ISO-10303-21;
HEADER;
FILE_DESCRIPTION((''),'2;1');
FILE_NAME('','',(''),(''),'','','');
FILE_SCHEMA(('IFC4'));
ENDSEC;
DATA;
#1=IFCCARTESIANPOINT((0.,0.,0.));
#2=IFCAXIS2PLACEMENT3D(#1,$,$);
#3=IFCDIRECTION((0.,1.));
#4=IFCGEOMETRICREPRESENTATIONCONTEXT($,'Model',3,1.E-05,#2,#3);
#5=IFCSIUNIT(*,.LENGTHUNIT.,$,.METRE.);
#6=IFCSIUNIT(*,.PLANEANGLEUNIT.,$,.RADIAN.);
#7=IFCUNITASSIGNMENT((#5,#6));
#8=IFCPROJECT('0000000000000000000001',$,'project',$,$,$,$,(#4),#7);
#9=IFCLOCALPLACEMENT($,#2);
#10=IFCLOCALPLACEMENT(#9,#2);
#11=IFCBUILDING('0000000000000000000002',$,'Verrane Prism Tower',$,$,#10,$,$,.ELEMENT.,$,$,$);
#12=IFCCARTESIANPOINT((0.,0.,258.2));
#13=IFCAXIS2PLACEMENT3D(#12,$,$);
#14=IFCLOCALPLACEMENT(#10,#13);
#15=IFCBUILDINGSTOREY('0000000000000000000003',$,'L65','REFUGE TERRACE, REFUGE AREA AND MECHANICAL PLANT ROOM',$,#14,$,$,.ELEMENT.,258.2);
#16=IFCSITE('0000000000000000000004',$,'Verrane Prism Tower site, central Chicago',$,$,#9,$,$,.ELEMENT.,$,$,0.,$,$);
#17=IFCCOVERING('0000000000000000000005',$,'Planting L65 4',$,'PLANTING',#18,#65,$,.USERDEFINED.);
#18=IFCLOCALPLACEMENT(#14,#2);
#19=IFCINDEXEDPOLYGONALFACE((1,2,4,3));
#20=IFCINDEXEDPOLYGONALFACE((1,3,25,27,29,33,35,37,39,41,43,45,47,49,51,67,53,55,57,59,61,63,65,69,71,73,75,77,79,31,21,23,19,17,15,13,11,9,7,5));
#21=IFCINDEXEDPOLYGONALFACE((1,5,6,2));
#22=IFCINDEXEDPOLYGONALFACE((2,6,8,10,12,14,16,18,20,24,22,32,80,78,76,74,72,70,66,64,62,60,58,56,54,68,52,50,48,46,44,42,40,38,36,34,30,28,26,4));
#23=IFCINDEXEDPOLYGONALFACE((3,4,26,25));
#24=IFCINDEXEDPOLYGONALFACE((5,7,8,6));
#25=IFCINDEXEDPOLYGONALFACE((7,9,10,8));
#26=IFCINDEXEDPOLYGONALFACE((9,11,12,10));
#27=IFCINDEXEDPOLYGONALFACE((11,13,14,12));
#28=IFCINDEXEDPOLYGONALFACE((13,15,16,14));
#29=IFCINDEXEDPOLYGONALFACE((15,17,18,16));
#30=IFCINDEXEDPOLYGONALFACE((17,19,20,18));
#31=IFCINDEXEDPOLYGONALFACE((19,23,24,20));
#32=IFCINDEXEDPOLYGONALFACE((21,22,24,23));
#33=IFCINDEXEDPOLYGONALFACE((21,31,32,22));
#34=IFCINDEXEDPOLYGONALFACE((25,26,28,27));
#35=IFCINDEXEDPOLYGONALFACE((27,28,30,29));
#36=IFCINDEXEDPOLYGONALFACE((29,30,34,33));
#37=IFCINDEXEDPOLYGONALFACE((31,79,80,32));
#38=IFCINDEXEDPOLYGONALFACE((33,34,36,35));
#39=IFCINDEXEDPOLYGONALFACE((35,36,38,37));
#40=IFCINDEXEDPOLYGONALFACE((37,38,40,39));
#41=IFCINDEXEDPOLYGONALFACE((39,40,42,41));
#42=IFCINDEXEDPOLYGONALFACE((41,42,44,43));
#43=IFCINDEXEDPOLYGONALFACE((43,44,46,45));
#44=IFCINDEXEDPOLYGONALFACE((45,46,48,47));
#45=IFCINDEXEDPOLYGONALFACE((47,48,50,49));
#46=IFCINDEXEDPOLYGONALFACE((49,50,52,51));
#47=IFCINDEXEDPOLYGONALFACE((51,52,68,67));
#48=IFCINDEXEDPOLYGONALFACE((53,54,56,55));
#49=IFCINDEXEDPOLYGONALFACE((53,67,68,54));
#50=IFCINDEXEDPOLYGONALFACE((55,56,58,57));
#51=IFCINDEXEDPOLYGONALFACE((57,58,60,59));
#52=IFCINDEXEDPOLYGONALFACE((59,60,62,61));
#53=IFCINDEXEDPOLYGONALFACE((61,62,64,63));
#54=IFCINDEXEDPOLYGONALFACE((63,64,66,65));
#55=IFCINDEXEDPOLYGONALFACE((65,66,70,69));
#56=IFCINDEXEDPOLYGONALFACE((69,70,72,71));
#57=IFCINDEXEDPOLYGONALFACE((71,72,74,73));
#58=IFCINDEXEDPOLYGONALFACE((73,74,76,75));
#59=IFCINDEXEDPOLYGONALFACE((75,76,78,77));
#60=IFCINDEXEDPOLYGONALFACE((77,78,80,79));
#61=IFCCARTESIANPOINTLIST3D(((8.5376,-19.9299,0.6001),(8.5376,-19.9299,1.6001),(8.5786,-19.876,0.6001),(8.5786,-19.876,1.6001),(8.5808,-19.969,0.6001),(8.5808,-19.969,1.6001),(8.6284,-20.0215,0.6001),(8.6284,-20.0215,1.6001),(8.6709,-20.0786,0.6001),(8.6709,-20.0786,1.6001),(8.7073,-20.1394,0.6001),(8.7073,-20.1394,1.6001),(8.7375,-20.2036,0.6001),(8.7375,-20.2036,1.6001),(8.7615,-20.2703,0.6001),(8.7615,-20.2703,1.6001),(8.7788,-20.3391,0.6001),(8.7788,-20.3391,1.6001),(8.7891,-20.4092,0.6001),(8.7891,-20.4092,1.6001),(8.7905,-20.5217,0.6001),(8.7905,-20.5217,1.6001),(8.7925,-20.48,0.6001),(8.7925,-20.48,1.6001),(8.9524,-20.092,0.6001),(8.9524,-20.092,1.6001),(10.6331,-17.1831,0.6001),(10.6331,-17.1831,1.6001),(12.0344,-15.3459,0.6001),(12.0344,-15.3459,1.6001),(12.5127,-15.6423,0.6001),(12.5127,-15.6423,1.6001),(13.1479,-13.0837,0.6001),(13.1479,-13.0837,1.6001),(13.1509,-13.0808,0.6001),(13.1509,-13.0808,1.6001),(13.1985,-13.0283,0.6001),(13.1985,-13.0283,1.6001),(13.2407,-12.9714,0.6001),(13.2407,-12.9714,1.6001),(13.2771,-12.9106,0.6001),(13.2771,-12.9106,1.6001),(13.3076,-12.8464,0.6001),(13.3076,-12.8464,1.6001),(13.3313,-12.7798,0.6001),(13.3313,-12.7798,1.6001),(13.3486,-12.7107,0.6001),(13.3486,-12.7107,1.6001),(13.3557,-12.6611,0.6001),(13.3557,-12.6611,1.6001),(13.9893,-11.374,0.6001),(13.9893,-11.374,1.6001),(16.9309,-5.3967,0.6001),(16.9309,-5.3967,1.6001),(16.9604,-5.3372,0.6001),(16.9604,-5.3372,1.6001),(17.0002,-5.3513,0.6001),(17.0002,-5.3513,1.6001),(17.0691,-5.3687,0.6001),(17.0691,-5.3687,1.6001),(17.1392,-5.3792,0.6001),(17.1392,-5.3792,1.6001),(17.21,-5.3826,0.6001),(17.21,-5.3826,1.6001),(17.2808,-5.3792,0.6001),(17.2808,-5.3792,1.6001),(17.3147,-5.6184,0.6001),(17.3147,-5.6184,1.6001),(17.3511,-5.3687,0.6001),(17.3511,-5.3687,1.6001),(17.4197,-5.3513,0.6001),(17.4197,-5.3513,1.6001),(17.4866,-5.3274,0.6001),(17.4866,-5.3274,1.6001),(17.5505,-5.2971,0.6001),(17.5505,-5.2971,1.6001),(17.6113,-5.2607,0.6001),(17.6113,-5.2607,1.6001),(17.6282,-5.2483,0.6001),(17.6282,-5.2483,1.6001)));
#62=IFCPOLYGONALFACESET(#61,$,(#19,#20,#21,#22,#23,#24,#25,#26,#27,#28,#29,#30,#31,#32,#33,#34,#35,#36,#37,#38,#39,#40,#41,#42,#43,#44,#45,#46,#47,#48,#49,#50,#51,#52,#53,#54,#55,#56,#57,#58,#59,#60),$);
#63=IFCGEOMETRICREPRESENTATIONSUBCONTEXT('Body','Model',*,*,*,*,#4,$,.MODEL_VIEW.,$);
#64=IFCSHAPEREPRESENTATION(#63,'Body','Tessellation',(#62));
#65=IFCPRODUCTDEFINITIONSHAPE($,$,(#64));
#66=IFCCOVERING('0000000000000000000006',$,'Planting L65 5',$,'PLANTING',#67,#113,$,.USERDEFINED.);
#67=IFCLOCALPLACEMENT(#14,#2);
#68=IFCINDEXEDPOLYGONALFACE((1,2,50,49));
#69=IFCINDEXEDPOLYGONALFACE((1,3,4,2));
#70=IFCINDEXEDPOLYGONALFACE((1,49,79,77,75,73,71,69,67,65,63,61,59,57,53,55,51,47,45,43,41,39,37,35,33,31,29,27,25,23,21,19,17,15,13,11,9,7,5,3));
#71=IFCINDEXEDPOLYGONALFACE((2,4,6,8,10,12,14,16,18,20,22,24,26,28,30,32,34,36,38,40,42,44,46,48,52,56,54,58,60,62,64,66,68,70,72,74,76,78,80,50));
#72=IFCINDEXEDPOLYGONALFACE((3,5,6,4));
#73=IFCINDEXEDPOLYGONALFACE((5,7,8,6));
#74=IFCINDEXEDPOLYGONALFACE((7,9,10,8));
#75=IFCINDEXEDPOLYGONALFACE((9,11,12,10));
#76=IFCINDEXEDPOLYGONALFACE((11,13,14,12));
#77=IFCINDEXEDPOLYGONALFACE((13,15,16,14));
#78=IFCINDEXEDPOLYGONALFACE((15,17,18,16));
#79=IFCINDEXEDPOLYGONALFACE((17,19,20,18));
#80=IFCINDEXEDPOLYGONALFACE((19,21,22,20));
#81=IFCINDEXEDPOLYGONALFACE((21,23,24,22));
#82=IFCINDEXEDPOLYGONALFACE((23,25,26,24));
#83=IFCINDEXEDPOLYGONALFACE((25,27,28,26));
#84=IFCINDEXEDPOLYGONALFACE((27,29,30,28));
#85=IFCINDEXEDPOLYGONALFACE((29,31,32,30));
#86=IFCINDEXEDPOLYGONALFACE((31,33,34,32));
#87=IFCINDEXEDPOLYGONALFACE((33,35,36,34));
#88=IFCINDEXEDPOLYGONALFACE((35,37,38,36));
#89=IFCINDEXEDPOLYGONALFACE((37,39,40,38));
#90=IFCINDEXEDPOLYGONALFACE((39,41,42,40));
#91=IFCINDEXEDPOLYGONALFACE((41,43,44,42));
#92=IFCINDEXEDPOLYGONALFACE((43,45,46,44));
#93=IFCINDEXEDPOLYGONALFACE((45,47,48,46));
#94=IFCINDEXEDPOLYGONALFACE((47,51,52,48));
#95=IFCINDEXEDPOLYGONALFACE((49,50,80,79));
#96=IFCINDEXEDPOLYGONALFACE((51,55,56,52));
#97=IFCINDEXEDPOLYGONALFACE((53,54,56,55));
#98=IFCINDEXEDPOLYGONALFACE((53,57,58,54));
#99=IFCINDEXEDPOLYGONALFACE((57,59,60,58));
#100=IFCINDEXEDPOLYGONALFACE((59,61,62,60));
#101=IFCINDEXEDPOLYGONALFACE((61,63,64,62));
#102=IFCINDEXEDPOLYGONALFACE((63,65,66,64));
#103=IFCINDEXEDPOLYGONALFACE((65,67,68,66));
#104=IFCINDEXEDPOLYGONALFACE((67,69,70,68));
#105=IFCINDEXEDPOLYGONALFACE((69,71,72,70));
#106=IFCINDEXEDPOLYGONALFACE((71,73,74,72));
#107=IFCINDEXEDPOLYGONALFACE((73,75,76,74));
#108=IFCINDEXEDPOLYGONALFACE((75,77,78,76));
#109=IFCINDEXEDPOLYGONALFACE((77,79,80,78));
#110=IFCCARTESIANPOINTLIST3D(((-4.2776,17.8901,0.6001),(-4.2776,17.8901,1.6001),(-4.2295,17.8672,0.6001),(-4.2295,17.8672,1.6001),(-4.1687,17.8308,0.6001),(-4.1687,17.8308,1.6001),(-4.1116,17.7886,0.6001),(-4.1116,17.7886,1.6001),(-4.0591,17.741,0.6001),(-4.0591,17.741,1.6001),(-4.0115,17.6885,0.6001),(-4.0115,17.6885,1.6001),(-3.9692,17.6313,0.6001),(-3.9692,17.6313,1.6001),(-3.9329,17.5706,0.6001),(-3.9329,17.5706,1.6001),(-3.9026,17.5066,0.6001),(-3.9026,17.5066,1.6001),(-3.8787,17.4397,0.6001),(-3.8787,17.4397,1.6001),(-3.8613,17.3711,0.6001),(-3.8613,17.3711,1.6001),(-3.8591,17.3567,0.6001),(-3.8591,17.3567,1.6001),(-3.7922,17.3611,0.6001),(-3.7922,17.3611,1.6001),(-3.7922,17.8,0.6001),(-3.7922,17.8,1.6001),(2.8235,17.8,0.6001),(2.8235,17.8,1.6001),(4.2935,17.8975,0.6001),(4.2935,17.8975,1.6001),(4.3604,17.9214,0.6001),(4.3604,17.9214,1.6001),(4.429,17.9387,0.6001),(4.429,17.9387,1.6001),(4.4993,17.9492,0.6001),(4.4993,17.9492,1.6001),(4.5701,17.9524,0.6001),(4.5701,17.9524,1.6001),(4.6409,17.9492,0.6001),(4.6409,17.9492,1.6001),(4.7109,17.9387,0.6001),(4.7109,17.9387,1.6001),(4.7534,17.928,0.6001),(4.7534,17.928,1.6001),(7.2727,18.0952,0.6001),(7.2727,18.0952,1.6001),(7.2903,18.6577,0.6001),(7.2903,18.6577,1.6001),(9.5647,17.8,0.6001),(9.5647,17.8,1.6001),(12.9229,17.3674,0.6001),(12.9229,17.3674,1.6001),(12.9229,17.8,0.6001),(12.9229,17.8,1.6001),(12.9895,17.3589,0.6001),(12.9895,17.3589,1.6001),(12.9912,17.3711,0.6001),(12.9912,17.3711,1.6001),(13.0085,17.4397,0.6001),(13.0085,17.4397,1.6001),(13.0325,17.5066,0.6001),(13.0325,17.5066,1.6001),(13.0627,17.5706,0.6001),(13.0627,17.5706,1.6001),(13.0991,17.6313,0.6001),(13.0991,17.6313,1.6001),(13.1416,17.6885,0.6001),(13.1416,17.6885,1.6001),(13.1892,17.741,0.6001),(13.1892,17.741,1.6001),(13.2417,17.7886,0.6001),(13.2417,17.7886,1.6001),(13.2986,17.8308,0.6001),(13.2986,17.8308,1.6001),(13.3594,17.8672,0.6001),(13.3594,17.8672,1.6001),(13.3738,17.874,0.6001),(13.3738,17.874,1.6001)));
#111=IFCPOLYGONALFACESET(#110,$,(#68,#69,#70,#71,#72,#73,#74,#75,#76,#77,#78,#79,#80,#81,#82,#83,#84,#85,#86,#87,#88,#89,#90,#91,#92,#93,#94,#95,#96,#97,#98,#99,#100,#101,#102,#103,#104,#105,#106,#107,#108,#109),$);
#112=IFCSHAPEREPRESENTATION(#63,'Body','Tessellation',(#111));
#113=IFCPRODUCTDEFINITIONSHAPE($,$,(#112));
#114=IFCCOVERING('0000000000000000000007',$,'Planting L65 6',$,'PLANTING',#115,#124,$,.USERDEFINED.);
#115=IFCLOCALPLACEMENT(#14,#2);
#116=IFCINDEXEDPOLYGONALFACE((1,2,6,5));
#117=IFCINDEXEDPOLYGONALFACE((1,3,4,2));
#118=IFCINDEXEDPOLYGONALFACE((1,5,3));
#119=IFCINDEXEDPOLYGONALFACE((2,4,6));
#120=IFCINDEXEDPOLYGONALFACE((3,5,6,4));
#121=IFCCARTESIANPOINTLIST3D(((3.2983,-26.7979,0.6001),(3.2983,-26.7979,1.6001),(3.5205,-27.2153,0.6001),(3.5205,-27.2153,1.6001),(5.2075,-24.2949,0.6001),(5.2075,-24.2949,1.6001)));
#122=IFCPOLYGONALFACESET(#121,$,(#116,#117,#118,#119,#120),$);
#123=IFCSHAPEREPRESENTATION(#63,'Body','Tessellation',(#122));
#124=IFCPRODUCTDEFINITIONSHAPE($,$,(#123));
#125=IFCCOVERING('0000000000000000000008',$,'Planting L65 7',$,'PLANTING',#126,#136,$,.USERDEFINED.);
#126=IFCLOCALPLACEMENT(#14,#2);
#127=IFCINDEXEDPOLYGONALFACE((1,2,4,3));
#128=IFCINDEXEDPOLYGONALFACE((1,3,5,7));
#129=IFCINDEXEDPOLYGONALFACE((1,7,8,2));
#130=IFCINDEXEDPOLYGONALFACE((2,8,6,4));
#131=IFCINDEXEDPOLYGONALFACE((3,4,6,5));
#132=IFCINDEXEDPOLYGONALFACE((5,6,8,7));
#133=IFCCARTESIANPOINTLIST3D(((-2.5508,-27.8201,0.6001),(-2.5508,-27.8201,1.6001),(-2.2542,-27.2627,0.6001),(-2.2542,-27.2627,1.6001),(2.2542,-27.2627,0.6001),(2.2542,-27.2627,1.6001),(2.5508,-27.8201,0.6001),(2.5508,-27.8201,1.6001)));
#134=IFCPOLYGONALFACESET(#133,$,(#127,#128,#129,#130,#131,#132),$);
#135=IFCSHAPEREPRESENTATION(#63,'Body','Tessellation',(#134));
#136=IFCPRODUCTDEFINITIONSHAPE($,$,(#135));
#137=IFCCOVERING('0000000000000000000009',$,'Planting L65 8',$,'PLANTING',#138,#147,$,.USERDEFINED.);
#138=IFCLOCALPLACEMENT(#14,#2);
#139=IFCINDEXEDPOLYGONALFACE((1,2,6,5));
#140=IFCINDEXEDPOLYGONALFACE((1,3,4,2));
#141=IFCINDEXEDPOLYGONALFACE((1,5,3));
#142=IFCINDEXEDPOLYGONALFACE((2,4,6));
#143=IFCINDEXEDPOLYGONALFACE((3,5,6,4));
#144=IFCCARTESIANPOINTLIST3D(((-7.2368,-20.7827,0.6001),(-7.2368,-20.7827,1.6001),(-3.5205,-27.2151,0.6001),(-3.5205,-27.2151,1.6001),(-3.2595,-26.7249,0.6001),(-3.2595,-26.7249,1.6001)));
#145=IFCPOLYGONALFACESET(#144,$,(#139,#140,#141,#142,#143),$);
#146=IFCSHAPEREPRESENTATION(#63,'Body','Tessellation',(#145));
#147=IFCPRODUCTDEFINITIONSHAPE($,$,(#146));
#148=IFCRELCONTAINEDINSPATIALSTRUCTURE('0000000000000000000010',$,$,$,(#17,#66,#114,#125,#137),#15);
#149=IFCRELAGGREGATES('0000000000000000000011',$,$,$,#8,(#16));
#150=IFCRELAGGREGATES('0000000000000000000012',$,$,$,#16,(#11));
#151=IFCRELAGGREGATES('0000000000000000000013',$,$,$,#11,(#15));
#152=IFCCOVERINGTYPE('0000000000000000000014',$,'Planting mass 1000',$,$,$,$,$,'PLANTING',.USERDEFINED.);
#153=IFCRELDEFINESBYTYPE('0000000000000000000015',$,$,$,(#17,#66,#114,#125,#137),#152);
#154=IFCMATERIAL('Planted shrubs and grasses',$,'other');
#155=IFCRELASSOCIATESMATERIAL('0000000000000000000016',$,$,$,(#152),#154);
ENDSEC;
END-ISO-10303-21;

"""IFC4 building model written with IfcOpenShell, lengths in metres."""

from ifc_helpers import new_model, si_unit, direction, frame, origin, place, context, subcontext, project, spatial, polyline, outline, extrude, material, type_object, element, save


model = new_model("IFC4")

# Units and contexts
model_context = context("Model", 3, precision=1e-05, world=origin(), true_north=direction((0.0, 1.0)))
body_context = subcontext(model_context, "Body", "Model", "MODEL_VIEW")
ifc_project = project(units=[si_unit("LENGTHUNIT", "METRE"), si_unit("PLANEANGLEUNIT", "RADIAN")], contexts=[model_context])

# Site, building, storey
site_placement = place(None, origin())
site = spatial("IfcSite", under=ifc_project, at=site_placement, Name="Verrane Prism Tower site, central Chicago", CompositionType="ELEMENT", RefElevation=0.0)
building_placement = place(site_placement, origin())
building = spatial("IfcBuilding", under=site, at=building_placement, Name="Verrane Prism Tower", CompositionType="ELEMENT")
storey_placement = place(building_placement, frame((0.0, 0.0, 258.2)))
storey = spatial("IfcBuildingStorey", under=building, at=storey_placement, Name="L65", Description="REFUGE TERRACE, REFUGE AREA AND MECHANICAL PLANT ROOM", CompositionType="ELEMENT", Elevation=258.2)

# Coverings
ifc_material_1 = material(Name="Planted shrubs and grasses", Category="other")
covering_type_1 = type_object("IfcCoveringType", Name="Planting mass 1000", ElementType="PLANTING", PredefinedType="USERDEFINED", material=ifc_material_1)
covering_1_placement = place(storey_placement, frame((0.0, 0.0, 0.6001)))
element("IfcCovering", 1, at=covering_1_placement, inside=storey, type_object=covering_type_1, Name="Planting L65 4", ObjectType="PLANTING", PredefinedType="USERDEFINED", context=body_context, shape_type="SweptSolid", body=[
    extrude(outline(polyline([(12.5127, -15.6423), (17.6282, -5.2483), (17.6113, -5.2607), (17.5505, -5.2971), (17.4866, -5.3274), (17.4197, -5.3513), (17.3511, -5.3687), (17.2808, -5.3792), (17.21, -5.3826), (17.1392, -5.3792), (17.0691, -5.3687), (17.0002, -5.3513), (16.9604, -5.3372), (16.9309, -5.3967), (17.3147, -5.6184), (13.9893, -11.374), (13.3557, -12.6611), (13.3486, -12.7107), (13.3313, -12.7798), (13.3076, -12.8464), (13.2771, -12.9106), (13.2407, -12.9714), (13.1985, -13.0283), (13.1509, -13.0808), (13.1479, -13.0837), (12.0344, -15.3459), (10.6331, -17.1831), (8.9524, -20.092), (8.5786, -19.876), (8.5376, -19.9299), (8.5808, -19.969), (8.6284, -20.0215), (8.6709, -20.0786), (8.7073, -20.1394), (8.7375, -20.2036), (8.7615, -20.2703), (8.7788, -20.3391), (8.7891, -20.4092), (8.7925, -20.48), (8.7905, -20.5217), (12.5127, -15.6423)])), origin(), (0.0, 0.0, 1.0), 1.0),
])
covering_2_placement = place(storey_placement, frame((0.0, 0.0, 0.6001)))
element("IfcCovering", 2, at=covering_2_placement, inside=storey, type_object=covering_type_1, Name="Planting L65 5", ObjectType="PLANTING", PredefinedType="USERDEFINED", context=body_context, shape_type="SweptSolid", body=[
    extrude(outline(polyline([(-4.2295, 17.8672), (-4.1687, 17.8308), (-4.1116, 17.7886), (-4.0591, 17.741), (-4.0115, 17.6885), (-3.9692, 17.6313), (-3.9329, 17.5706), (-3.9026, 17.5066), (-3.8787, 17.4397), (-3.8613, 17.3711), (-3.8591, 17.3567), (-3.7922, 17.3611), (-3.7922, 17.8), (2.8235, 17.8), (4.2935, 17.8975), (4.2935, 17.8975), (4.3604, 17.9214), (4.429, 17.9387), (4.4993, 17.9492), (4.5701, 17.9524), (4.6409, 17.9492), (4.7109, 17.9387), (4.7534, 17.928), (7.2727, 18.0952), (9.5647, 17.8), (12.9229, 17.8), (12.9229, 17.3674), (12.9895, 17.3589), (12.9912, 17.3711), (13.0085, 17.4397), (13.0325, 17.5066), (13.0627, 17.5706), (13.0991, 17.6313), (13.1416, 17.6885), (13.1892, 17.741), (13.2417, 17.7886), (13.2986, 17.8308), (13.3594, 17.8672), (13.3738, 17.874), (7.2903, 18.6577), (-4.2776, 17.8901), (-4.2295, 17.8672)])), origin(), (0.0, 0.0, 1.0), 1.0),
])
covering_3_placement = place(storey_placement, frame((0.0, 0.0, 0.6001)))
element("IfcCovering", 3, at=covering_3_placement, inside=storey, type_object=covering_type_1, Name="Planting L65 6", ObjectType="PLANTING", PredefinedType="USERDEFINED", context=body_context, shape_type="SweptSolid", body=[
    extrude(outline(polyline([(5.2075, -24.2949), (3.2983, -26.7979), (3.5205, -27.2153), (5.2075, -24.2949)])), origin(), (0.0, 0.0, 1.0), 1.0),
])
covering_4_placement = place(storey_placement, frame((0.0, 0.0, 0.6001)))
element("IfcCovering", 4, at=covering_4_placement, inside=storey, type_object=covering_type_1, Name="Planting L65 7", ObjectType="PLANTING", PredefinedType="USERDEFINED", context=body_context, shape_type="SweptSolid", body=[
    extrude(outline(polyline([(2.5508, -27.8201), (2.2542, -27.2627), (-2.2542, -27.2627), (-2.5508, -27.8201), (2.5508, -27.8201)])), origin(), (0.0, 0.0, 1.0), 1.0),
])
covering_5_placement = place(storey_placement, frame((0.0, 0.0, 0.6001)))
element("IfcCovering", 5, at=covering_5_placement, inside=storey, type_object=covering_type_1, Name="Planting L65 8", ObjectType="PLANTING", PredefinedType="USERDEFINED", context=body_context, shape_type="SweptSolid", body=[
    extrude(outline(polyline([(-3.5205, -27.2151), (-3.2595, -26.7249), (-7.2368, -20.7827), (-3.5205, -27.2151)])), origin(), (0.0, 0.0, 1.0), 1.0),
])

save(model, "model.ifc")
